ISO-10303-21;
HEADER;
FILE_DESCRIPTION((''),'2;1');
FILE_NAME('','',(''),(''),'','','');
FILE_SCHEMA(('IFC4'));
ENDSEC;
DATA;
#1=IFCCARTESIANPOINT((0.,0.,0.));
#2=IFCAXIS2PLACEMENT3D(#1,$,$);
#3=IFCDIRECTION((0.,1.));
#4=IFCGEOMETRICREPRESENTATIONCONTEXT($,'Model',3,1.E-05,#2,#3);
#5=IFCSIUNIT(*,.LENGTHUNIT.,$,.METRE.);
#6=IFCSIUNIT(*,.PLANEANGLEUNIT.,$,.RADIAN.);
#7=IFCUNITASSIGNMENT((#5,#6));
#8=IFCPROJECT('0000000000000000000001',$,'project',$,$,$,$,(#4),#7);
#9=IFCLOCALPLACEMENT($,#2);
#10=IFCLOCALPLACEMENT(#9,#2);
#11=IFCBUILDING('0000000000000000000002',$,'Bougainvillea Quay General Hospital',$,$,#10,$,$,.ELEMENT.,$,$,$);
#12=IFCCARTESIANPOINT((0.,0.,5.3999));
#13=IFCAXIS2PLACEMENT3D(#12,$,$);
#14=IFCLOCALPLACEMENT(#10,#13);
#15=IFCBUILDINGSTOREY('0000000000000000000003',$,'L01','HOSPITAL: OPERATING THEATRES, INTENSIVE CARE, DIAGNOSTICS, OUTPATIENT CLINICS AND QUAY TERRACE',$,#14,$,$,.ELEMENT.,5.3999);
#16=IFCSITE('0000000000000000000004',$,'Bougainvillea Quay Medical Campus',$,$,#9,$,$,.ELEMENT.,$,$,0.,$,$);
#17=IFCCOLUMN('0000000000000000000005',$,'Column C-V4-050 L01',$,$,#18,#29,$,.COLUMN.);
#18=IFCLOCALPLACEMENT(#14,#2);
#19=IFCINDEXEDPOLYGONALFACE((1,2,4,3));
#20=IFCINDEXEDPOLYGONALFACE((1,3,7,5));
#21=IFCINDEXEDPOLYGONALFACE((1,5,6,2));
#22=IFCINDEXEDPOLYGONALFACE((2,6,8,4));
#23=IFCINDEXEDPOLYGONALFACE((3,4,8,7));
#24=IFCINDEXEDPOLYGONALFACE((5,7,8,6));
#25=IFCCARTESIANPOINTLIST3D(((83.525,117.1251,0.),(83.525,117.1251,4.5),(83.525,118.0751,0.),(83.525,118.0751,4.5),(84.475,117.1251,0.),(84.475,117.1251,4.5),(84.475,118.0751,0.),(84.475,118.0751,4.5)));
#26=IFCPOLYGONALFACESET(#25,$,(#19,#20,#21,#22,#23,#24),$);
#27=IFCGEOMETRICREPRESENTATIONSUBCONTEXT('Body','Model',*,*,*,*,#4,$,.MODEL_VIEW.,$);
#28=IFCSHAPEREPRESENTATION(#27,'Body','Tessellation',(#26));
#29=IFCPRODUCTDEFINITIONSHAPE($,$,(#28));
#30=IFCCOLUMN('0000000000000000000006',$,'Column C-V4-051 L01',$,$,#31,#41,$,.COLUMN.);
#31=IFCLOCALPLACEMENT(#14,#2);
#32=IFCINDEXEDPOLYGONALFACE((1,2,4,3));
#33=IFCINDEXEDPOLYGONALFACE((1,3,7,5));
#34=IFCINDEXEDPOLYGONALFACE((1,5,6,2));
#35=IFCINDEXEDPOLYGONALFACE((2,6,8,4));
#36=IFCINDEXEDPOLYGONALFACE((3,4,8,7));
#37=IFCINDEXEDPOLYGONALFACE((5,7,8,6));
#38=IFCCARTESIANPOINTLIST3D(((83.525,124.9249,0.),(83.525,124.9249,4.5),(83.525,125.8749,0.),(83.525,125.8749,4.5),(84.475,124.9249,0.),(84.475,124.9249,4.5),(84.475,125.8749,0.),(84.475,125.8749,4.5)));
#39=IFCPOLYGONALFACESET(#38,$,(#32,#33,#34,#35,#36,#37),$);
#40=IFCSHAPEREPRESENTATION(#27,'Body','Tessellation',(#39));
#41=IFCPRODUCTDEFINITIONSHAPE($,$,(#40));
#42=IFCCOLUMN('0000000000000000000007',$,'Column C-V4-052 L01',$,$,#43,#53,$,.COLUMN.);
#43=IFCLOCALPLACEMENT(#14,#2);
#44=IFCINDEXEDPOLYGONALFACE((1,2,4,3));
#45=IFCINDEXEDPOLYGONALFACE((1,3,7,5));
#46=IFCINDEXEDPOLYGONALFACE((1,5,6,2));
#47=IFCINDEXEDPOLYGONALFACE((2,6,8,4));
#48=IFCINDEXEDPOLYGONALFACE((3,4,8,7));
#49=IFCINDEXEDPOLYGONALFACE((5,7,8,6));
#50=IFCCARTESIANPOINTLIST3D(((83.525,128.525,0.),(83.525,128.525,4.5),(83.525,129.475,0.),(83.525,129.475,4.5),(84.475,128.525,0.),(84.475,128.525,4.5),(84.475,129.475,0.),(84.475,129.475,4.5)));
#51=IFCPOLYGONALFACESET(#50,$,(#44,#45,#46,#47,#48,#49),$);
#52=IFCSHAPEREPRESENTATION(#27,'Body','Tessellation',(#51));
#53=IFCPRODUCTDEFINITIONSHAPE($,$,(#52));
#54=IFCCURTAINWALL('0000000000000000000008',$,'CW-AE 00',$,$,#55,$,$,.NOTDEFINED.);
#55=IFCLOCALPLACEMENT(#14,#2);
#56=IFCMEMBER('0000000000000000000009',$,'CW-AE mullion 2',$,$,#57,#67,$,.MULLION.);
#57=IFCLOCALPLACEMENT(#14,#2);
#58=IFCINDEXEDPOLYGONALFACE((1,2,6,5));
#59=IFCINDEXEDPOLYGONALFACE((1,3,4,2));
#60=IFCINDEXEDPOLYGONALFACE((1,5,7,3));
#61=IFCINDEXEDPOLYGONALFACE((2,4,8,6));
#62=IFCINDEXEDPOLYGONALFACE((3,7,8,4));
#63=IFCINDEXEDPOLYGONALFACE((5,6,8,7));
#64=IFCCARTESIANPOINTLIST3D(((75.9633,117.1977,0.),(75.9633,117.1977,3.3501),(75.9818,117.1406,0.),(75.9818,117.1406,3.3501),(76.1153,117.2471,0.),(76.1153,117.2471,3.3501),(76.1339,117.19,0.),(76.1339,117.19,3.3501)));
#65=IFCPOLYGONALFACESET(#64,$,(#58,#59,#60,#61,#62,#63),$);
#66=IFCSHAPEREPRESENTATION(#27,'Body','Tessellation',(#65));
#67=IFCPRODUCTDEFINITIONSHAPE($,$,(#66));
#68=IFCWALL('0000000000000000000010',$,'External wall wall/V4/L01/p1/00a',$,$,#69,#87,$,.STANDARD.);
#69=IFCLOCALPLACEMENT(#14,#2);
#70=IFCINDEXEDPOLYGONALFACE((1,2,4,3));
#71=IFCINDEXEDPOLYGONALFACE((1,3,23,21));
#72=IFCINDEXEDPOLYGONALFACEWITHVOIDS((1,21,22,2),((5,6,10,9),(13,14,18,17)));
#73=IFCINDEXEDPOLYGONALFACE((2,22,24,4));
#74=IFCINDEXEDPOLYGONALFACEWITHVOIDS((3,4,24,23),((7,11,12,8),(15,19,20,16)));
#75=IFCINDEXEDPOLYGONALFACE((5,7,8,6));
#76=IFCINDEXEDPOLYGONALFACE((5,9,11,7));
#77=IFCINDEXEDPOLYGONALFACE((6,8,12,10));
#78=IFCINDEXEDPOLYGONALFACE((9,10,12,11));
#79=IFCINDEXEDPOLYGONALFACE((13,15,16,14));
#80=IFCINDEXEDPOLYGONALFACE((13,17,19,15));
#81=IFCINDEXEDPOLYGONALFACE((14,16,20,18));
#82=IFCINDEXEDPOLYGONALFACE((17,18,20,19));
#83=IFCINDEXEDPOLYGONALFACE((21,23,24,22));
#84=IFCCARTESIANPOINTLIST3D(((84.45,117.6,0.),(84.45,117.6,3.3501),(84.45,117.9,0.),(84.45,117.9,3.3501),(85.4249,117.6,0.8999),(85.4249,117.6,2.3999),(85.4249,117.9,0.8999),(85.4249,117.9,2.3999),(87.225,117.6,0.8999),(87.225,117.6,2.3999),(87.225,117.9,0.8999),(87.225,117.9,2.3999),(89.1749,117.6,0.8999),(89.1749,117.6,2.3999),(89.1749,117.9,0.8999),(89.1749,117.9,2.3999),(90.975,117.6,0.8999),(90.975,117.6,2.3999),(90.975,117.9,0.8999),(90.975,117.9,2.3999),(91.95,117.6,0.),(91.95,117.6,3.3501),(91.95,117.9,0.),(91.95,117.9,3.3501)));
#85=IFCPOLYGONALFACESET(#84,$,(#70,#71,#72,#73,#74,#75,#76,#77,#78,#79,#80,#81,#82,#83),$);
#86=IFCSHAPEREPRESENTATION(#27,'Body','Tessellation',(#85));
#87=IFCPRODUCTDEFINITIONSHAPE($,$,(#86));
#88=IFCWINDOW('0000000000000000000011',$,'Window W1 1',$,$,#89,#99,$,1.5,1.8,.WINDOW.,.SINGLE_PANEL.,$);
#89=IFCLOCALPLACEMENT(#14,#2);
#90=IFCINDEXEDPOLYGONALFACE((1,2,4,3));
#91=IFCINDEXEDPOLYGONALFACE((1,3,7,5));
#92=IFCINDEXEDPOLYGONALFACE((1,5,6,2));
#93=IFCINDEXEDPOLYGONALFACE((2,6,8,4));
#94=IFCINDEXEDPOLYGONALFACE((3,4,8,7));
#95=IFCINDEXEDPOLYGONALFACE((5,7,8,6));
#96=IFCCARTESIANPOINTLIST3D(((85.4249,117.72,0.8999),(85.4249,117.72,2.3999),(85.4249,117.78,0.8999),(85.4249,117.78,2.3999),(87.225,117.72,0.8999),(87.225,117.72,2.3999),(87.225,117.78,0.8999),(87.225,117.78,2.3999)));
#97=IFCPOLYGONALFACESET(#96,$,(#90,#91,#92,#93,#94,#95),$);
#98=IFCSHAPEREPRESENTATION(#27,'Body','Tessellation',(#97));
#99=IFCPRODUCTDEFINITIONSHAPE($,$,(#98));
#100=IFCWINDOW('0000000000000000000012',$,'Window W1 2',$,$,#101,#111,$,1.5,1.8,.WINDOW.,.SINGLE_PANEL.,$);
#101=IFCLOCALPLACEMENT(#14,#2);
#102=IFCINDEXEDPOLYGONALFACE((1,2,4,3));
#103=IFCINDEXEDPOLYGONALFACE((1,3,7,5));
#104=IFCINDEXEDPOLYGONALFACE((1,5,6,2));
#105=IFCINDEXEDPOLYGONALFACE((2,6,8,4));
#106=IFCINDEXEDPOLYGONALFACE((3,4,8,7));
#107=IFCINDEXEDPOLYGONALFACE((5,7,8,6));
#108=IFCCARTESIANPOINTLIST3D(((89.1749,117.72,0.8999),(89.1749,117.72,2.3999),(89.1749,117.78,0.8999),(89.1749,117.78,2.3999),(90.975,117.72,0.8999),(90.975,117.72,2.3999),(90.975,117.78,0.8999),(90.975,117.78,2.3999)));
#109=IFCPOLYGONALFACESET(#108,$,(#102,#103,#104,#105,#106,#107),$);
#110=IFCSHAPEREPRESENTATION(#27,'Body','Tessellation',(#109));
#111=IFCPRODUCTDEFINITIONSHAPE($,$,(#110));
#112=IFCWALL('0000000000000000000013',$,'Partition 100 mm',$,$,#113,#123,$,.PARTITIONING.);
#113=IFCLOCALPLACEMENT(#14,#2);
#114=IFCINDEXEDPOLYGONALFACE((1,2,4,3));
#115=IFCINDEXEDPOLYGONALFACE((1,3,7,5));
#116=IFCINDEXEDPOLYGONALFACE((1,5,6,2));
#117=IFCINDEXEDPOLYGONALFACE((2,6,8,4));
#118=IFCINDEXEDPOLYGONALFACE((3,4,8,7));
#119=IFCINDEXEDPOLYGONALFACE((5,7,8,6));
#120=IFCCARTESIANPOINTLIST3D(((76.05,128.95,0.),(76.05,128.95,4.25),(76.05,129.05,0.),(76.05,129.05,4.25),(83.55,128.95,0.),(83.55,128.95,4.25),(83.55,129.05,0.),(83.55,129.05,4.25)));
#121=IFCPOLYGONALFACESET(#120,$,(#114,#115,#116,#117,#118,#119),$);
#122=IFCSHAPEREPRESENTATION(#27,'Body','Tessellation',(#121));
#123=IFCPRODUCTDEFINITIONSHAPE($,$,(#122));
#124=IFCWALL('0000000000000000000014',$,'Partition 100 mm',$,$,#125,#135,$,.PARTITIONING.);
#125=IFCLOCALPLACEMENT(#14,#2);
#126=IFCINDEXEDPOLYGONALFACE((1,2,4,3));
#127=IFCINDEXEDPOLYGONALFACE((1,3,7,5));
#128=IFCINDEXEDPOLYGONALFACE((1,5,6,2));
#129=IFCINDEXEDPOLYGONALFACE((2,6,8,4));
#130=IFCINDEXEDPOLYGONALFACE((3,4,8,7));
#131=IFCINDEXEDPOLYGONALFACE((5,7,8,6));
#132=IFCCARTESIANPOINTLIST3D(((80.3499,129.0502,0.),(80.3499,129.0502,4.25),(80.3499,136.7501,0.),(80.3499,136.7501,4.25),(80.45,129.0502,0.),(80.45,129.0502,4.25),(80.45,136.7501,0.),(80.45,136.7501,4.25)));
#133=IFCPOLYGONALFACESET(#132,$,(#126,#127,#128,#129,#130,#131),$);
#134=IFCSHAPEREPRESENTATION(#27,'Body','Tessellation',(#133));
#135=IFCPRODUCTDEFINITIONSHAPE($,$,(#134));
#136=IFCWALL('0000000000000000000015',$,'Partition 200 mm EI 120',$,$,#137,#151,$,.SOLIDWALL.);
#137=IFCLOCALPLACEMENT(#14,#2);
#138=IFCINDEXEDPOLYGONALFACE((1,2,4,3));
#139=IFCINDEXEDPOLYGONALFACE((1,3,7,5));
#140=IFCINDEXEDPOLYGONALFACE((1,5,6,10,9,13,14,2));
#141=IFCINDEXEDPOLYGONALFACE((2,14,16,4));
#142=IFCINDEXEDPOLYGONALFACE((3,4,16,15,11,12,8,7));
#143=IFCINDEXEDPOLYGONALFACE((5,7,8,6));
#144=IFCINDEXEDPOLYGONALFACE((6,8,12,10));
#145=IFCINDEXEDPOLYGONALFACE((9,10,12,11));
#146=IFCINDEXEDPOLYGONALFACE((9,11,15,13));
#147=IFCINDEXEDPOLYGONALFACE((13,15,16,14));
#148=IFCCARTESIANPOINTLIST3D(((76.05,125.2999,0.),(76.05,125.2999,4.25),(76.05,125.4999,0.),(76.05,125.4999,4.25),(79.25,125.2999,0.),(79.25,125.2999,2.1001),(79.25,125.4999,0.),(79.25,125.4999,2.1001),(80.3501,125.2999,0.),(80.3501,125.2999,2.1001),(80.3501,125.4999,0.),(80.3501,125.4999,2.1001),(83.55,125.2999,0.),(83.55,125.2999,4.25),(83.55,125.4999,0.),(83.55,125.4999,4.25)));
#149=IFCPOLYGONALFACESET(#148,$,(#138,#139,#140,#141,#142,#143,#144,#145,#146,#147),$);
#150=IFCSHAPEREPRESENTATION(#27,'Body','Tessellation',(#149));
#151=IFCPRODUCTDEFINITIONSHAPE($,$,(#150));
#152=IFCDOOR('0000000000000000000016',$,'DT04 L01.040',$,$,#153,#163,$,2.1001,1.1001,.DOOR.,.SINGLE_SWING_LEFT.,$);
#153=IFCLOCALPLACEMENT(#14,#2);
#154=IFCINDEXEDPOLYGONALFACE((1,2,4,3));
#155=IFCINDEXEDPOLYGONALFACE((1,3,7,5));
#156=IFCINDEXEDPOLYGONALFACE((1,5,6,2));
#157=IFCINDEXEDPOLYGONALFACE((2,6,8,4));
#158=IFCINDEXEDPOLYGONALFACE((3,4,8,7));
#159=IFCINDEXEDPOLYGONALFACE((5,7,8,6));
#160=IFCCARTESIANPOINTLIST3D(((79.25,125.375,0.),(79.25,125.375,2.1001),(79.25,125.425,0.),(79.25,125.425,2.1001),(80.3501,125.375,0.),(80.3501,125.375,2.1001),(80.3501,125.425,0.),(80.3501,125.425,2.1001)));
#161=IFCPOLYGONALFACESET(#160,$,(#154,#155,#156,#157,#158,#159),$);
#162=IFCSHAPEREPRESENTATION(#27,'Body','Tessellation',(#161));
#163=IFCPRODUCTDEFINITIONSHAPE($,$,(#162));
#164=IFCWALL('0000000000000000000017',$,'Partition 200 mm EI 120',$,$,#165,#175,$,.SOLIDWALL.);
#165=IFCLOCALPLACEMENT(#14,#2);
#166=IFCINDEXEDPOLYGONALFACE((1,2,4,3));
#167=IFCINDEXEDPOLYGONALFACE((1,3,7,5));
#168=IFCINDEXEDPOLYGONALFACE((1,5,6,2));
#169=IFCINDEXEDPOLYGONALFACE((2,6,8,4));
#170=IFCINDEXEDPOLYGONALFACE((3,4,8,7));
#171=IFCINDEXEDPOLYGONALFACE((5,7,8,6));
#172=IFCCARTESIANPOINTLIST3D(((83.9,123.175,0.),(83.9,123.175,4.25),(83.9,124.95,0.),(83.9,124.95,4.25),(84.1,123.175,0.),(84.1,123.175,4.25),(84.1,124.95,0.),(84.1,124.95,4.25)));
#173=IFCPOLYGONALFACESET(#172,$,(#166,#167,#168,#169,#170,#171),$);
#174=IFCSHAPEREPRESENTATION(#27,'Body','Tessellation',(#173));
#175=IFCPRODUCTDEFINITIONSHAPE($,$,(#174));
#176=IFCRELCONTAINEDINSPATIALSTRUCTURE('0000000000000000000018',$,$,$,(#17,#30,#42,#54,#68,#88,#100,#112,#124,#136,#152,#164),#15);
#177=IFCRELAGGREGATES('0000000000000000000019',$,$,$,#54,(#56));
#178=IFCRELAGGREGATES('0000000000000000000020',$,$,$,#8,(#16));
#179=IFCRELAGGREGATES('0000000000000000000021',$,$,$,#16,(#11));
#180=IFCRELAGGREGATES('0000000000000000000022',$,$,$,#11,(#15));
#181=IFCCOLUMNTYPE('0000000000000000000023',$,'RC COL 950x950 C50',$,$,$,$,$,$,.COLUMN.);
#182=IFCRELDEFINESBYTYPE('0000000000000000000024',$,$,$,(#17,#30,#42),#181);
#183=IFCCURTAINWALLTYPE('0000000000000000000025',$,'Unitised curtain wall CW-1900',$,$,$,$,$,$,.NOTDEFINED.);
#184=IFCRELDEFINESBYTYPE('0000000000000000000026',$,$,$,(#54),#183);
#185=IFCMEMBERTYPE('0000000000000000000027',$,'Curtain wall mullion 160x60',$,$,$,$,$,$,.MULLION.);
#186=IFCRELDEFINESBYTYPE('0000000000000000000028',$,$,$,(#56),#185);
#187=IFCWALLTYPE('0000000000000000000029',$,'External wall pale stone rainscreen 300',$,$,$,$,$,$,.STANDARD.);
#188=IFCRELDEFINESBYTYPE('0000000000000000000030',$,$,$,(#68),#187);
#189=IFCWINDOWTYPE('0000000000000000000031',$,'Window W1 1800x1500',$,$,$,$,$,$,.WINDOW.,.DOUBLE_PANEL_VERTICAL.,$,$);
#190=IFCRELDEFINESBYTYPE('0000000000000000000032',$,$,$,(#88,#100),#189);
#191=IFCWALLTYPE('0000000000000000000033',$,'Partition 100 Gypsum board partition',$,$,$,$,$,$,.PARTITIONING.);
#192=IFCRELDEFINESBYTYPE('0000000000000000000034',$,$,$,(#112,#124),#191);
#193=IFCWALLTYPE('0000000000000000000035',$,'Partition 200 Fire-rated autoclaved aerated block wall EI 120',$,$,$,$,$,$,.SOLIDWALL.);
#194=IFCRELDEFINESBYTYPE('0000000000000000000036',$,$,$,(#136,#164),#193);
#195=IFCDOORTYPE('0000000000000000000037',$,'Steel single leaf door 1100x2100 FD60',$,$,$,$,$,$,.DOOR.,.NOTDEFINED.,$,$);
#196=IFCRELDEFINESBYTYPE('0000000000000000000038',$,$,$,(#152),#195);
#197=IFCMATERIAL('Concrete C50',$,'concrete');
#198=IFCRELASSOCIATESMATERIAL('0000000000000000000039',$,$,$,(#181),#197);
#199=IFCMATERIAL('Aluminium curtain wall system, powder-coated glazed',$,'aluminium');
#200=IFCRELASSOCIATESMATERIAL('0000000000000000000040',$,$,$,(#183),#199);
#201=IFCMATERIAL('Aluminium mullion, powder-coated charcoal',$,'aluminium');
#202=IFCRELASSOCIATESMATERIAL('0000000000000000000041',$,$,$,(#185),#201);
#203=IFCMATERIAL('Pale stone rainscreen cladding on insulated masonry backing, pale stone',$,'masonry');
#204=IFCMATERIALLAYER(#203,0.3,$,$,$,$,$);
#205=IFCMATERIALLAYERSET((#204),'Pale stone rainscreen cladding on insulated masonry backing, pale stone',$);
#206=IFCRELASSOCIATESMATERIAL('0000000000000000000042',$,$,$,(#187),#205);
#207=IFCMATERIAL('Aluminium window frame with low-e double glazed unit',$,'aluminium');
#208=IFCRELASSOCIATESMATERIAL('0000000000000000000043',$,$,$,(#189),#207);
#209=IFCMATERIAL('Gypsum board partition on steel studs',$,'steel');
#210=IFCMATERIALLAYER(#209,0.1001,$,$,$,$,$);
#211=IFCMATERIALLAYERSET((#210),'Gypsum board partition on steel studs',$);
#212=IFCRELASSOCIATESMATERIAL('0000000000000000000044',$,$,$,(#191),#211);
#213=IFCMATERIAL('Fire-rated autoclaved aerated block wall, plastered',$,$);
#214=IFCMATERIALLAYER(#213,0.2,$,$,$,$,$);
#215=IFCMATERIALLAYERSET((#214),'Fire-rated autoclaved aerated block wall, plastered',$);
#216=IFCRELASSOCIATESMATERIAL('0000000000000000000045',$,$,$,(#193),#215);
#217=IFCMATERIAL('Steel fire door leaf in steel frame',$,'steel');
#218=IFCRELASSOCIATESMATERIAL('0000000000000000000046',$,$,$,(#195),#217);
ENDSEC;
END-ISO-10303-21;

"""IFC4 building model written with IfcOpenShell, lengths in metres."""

from ifc_helpers import new_model, si_unit, direction, frame, frame_2d, origin, origin_2d, place, context, subcontext, project, spatial, rectangle, extrude, material, layer, layer_set, material_profile, profile_set, type_object, element, fill, aggregate, save


model = new_model("IFC4")

# Units and contexts
model_context = context("Model", 3, precision=1e-05, world=origin(), true_north=direction((0.0, 1.0)))
body_context = subcontext(model_context, "Body", "Model", "MODEL_VIEW")
ifc_project = project(units=[si_unit("LENGTHUNIT", "METRE"), si_unit("PLANEANGLEUNIT", "RADIAN")], contexts=[model_context])

# Site, building, storey
site_placement = place(None, origin())
site = spatial("IfcSite", under=ifc_project, at=site_placement, Name="Bougainvillea Quay Medical Campus", CompositionType="ELEMENT", RefElevation=0.0)
building_placement = place(site_placement, origin())
building = spatial("IfcBuilding", under=site, at=building_placement, Name="Bougainvillea Quay General Hospital", CompositionType="ELEMENT")
storey_placement = place(building_placement, frame((0.0, 0.0, 5.3999)))
storey = spatial("IfcBuildingStorey", under=building, at=storey_placement, Name="L01", Description="HOSPITAL: OPERATING THEATRES, INTENSIVE CARE, DIAGNOSTICS, OUTPATIENT CLINICS AND QUAY TERRACE", CompositionType="ELEMENT", Elevation=5.3999)

# Columns
ifc_material_1 = material(Name="Concrete C50", Category="concrete")
ifc_material_profile_1 = material_profile(ifc_material_1, rectangle(XDim=0.95, YDim=0.95, at=origin_2d()))
ifc_profile_set_1 = profile_set([ifc_material_profile_1], Name="Concrete C50")
column_type = type_object("IfcColumnType", Name="RC COL 950x950 C50", PredefinedType="COLUMN", material=ifc_profile_set_1)
for number, where, z_axis, x_axis, name in (
    (1, (84.0, 117.6001, 0.0), (0.0, 0.0, 1.0), (1.0, 0.0, 0.0), "Column C-V4-050 L01"),
    (2, (84.0, 125.3999, 0.0), (0.0, 0.0, 1.0), (1.0, 0.0, 0.0), "Column C-V4-051 L01"),
    (3, (84.0, 129.0, 0.0), (0.0, 0.0, 1.0), (1.0, 0.0, 0.0), "Column C-V4-052 L01"),
):
    element("IfcColumn", number, at=place(storey_placement, frame(where, z_axis=z_axis, x_axis=x_axis)), inside=storey, type_object=column_type, Name=name, PredefinedType="COLUMN", context=body_context, shape_type="SweptSolid", body=[
        extrude(rectangle(XDim=0.95, YDim=0.95, at=origin_2d()), origin(), (0.0, 0.0, 1.0), 4.5),
    ])

# Curtain wall, member
ifc_material_2 = material(Name="Aluminium curtain wall system, powder-coated glazed", Category="aluminium")
curtain_wall_type = type_object("IfcCurtainWallType", Name="Unitised curtain wall CW-1900", PredefinedType="NOTDEFINED", material=ifc_material_2)
curtain_wall_placement = place(storey_placement, origin())
curtain_wall = element("IfcCurtainWall", 4, at=curtain_wall_placement, inside=storey, type_object=curtain_wall_type, Name="CW-AE 00", PredefinedType="NOTDEFINED")
ifc_material_3 = material(Name="Aluminium mullion, powder-coated charcoal", Category="aluminium")
ifc_material_profile_2 = material_profile(ifc_material_3, rectangle(XDim=0.1599, YDim=0.0601, at=origin_2d()))
ifc_profile_set_2 = profile_set([ifc_material_profile_2], Name="Aluminium mullion, powder-coated charcoal")
member_type = type_object("IfcMemberType", Name="Curtain wall mullion 160x60", PredefinedType="MULLION", material=ifc_profile_set_2)
member_placement = place(storey_placement, frame((76.0486, 117.1938, 0.0), z_axis=(0.0, 0.0, 1.0), x_axis=(-0.951072, -0.308971, 0.0)))
member = element("IfcMember", 5, at=member_placement, type_object=member_type, Name="CW-AE mullion 2", PredefinedType="MULLION", context=body_context, shape_type="SweptSolid", body=[
    extrude(rectangle(XDim=0.1599, YDim=0.0601, at=origin_2d()), origin(), (0.0, 0.0, 1.0), 3.3501),
])
aggregate(curtain_wall, [member])

# Wall, openings, windows
ifc_material_4 = material(Name="Pale stone rainscreen cladding on insulated masonry backing, pale stone", Category="masonry")
ifc_layer_1 = layer(ifc_material_4, 0.3)
ifc_layer_set_1 = layer_set([ifc_layer_1], Name="Pale stone rainscreen cladding on insulated masonry backing, pale stone")
wall_type_1 = type_object("IfcWallType", Name="External wall pale stone rainscreen 300", PredefinedType="STANDARD", material=ifc_layer_set_1)
wall_1_placement = place(storey_placement, frame((84.45, 117.75, 0.0), z_axis=(0.0, 0.0, 1.0), x_axis=(1.0, 0.0, 0.0)))
wall_1 = element("IfcWall", 6, at=wall_1_placement, inside=storey, type_object=wall_type_1, Name="External wall wall/V4/L01/p1/00a", PredefinedType="STANDARD", context=body_context, shape_type="SweptSolid", body=[
    extrude(rectangle(XDim=7.5, YDim=0.3, at=frame_2d((3.75, 0.0))), origin(), (0.0, 0.0, 1.0), 3.3501),
])
opening_1_placement = place(wall_1_placement, frame((0.9751, 0.0, 0.8999)))
opening_1 = element("IfcOpeningElement", 7, at=opening_1_placement, cuts=wall_1, PredefinedType="OPENING", context=body_context, shape_type="SweptSolid", body=[
    extrude(rectangle(XDim=1.8, YDim=1.5, at=frame_2d((0.8999, 0.75))), frame((0.0, 0.1599, 0.0), z_axis=(0.0, -1.0, 0.0), x_axis=(1.0, 0.0, 0.0)), (0.0, 0.0, 1.0), 0.3201),
])
opening_2_placement = place(wall_1_placement, frame((4.7251, 0.0, 0.8999)))
opening_2 = element("IfcOpeningElement", 8, at=opening_2_placement, cuts=wall_1, PredefinedType="OPENING", context=body_context, shape_type="SweptSolid", body=[
    extrude(rectangle(XDim=1.8, YDim=1.5, at=frame_2d((0.8999, 0.75))), frame((0.0, 0.1599, 0.0), z_axis=(0.0, -1.0, 0.0), x_axis=(1.0, 0.0, 0.0)), (0.0, 0.0, 1.0), 0.3201),
])
ifc_material_5 = material(Name="Aluminium window frame with low-e double glazed unit", Category="aluminium")
window_type = type_object("IfcWindowType", Name="Window W1 1800x1500", PartitioningType="DOUBLE_PANEL_VERTICAL", PredefinedType="WINDOW", material=ifc_material_5)
window_1_placement = place(opening_1_placement, origin())
window_1 = element("IfcWindow", 9, at=window_1_placement, inside=storey, type_object=window_type, Name="Window W1 1", OverallHeight=1.5, OverallWidth=1.8, PartitioningType="SINGLE_PANEL", PredefinedType="WINDOW", context=body_context, shape_type="SweptSolid", body=[
    extrude(rectangle(XDim=1.8, YDim=1.5, at=frame_2d((0.8999, 0.75))), frame((0.0, 0.03, 0.0), z_axis=(0.0, -1.0, 0.0), x_axis=(1.0, 0.0, 0.0)), (0.0, 0.0, 1.0), 0.0601),
])
fill(opening_1, window_1)
window_2_placement = place(opening_2_placement, origin())
window_2 = element("IfcWindow", 10, at=window_2_placement, inside=storey, type_object=window_type, Name="Window W1 2", OverallHeight=1.5, OverallWidth=1.8, PartitioningType="SINGLE_PANEL", PredefinedType="WINDOW", context=body_context, shape_type="SweptSolid", body=[
    extrude(rectangle(XDim=1.8, YDim=1.5, at=frame_2d((0.8999, 0.75))), frame((0.0, 0.03, 0.0), z_axis=(0.0, -1.0, 0.0), x_axis=(1.0, 0.0, 0.0)), (0.0, 0.0, 1.0), 0.0601),
])
fill(opening_2, window_2)

# Walls
ifc_material_6 = material(Name="Gypsum board partition on steel studs", Category="steel")
ifc_layer_2 = layer(ifc_material_6, 0.1001)
ifc_layer_set_2 = layer_set([ifc_layer_2], Name="Gypsum board partition on steel studs")
wall_type_2 = type_object("IfcWallType", Name="Partition 100 Gypsum board partition", PredefinedType="PARTITIONING", material=ifc_layer_set_2)
wall_2_placement = place(storey_placement, frame((83.55, 129.0, 0.0), z_axis=(0.0, 0.0, 1.0), x_axis=(-1.0, 0.0, 0.0)))
element("IfcWall", 11, at=wall_2_placement, inside=storey, type_object=wall_type_2, Name="Partition 100 mm", PredefinedType="PARTITIONING", context=body_context, shape_type="SweptSolid", body=[
    extrude(rectangle(XDim=7.5, YDim=0.1001, at=frame_2d((3.75, 0.0))), origin(), (0.0, 0.0, 1.0), 4.25),
])
wall_3_placement = place(storey_placement, frame((80.3999, 129.05, 0.0), z_axis=(0.0, 0.0, 1.0), x_axis=(0.0, 1.0, 0.0)))
element("IfcWall", 12, at=wall_3_placement, inside=storey, type_object=wall_type_2, Name="Partition 100 mm", PredefinedType="PARTITIONING", context=body_context, shape_type="SweptSolid", body=[
    extrude(rectangle(XDim=7.7, YDim=0.1001, at=frame_2d((3.8501, 0.0))), origin(), (0.0, 0.0, 1.0), 4.25),
])

# Wall, opening, door
ifc_material_7 = material(Name="Fire-rated autoclaved aerated block wall, plastered")
ifc_layer_3 = layer(ifc_material_7, 0.2)
ifc_layer_set_3 = layer_set([ifc_layer_3], Name="Fire-rated autoclaved aerated block wall, plastered")
wall_type_3 = type_object("IfcWallType", Name="Partition 200 Fire-rated autoclaved aerated block wall EI 120", PredefinedType="SOLIDWALL", material=ifc_layer_set_3)
wall_4_placement = place(storey_placement, frame((76.05, 125.3999, 0.0), z_axis=(0.0, 0.0, 1.0), x_axis=(1.0, 0.0, 0.0)))
wall_4 = element("IfcWall", 13, at=wall_4_placement, inside=storey, type_object=wall_type_3, Name="Partition 200 mm EI 120", PredefinedType="SOLIDWALL", context=body_context, shape_type="SweptSolid", body=[
    extrude(rectangle(XDim=7.5, YDim=0.2, at=frame_2d((3.75, 0.0))), origin(), (0.0, 0.0, 1.0), 4.25),
])
opening_3_placement = place(wall_4_placement, frame((3.2, 0.0, 0.0)))
opening_3 = element("IfcOpeningElement", 14, at=opening_3_placement, cuts=wall_4, PredefinedType="OPENING", context=body_context, shape_type="SweptSolid", body=[
    extrude(rectangle(XDim=1.1001, YDim=2.1001, at=frame_2d((0.55, 1.05))), frame((0.0, 0.1099, 0.0), z_axis=(0.0, -1.0, 0.0), x_axis=(1.0, 0.0, 0.0)), (0.0, 0.0, 1.0), 0.22),
])
ifc_material_8 = material(Name="Steel fire door leaf in steel frame", Category="steel")
door_type = type_object("IfcDoorType", Name="Steel single leaf door 1100x2100 FD60", OperationType="NOTDEFINED", PredefinedType="DOOR", material=ifc_material_8)
door_placement = place(opening_3_placement, frame((1.1001, 0.0, 0.0), z_axis=(0.0, 0.0, 1.0), x_axis=(-1.0, 0.0, 0.0)))
door = element("IfcDoor", 15, at=door_placement, inside=storey, type_object=door_type, Name="DT04 L01.040", OperationType="SINGLE_SWING_LEFT", OverallHeight=2.1001, OverallWidth=1.1001, PredefinedType="DOOR", context=body_context, shape_type="SweptSolid", body=[
    extrude(rectangle(XDim=1.1001, YDim=2.1001, at=frame_2d((0.55, 1.05))), frame((0.0, 0.0249, 0.0), z_axis=(0.0, -1.0, 0.0), x_axis=(1.0, 0.0, 0.0)), (0.0, 0.0, 1.0), 0.05),
])
fill(opening_3, door)

# Wall
wall_5_placement = place(storey_placement, frame((84.0, 123.175, 0.0), z_axis=(0.0, 0.0, 1.0), x_axis=(0.0, 1.0, 0.0)))
element("IfcWall", 16, at=wall_5_placement, inside=storey, type_object=wall_type_3, Name="Partition 200 mm EI 120", PredefinedType="SOLIDWALL", context=body_context, shape_type="SweptSolid", body=[
    extrude(rectangle(XDim=1.7749, YDim=0.2, at=frame_2d((0.8875, 0.0))), origin(), (0.0, 0.0, 1.0), 4.25),
])

save(model, "model.ifc")
